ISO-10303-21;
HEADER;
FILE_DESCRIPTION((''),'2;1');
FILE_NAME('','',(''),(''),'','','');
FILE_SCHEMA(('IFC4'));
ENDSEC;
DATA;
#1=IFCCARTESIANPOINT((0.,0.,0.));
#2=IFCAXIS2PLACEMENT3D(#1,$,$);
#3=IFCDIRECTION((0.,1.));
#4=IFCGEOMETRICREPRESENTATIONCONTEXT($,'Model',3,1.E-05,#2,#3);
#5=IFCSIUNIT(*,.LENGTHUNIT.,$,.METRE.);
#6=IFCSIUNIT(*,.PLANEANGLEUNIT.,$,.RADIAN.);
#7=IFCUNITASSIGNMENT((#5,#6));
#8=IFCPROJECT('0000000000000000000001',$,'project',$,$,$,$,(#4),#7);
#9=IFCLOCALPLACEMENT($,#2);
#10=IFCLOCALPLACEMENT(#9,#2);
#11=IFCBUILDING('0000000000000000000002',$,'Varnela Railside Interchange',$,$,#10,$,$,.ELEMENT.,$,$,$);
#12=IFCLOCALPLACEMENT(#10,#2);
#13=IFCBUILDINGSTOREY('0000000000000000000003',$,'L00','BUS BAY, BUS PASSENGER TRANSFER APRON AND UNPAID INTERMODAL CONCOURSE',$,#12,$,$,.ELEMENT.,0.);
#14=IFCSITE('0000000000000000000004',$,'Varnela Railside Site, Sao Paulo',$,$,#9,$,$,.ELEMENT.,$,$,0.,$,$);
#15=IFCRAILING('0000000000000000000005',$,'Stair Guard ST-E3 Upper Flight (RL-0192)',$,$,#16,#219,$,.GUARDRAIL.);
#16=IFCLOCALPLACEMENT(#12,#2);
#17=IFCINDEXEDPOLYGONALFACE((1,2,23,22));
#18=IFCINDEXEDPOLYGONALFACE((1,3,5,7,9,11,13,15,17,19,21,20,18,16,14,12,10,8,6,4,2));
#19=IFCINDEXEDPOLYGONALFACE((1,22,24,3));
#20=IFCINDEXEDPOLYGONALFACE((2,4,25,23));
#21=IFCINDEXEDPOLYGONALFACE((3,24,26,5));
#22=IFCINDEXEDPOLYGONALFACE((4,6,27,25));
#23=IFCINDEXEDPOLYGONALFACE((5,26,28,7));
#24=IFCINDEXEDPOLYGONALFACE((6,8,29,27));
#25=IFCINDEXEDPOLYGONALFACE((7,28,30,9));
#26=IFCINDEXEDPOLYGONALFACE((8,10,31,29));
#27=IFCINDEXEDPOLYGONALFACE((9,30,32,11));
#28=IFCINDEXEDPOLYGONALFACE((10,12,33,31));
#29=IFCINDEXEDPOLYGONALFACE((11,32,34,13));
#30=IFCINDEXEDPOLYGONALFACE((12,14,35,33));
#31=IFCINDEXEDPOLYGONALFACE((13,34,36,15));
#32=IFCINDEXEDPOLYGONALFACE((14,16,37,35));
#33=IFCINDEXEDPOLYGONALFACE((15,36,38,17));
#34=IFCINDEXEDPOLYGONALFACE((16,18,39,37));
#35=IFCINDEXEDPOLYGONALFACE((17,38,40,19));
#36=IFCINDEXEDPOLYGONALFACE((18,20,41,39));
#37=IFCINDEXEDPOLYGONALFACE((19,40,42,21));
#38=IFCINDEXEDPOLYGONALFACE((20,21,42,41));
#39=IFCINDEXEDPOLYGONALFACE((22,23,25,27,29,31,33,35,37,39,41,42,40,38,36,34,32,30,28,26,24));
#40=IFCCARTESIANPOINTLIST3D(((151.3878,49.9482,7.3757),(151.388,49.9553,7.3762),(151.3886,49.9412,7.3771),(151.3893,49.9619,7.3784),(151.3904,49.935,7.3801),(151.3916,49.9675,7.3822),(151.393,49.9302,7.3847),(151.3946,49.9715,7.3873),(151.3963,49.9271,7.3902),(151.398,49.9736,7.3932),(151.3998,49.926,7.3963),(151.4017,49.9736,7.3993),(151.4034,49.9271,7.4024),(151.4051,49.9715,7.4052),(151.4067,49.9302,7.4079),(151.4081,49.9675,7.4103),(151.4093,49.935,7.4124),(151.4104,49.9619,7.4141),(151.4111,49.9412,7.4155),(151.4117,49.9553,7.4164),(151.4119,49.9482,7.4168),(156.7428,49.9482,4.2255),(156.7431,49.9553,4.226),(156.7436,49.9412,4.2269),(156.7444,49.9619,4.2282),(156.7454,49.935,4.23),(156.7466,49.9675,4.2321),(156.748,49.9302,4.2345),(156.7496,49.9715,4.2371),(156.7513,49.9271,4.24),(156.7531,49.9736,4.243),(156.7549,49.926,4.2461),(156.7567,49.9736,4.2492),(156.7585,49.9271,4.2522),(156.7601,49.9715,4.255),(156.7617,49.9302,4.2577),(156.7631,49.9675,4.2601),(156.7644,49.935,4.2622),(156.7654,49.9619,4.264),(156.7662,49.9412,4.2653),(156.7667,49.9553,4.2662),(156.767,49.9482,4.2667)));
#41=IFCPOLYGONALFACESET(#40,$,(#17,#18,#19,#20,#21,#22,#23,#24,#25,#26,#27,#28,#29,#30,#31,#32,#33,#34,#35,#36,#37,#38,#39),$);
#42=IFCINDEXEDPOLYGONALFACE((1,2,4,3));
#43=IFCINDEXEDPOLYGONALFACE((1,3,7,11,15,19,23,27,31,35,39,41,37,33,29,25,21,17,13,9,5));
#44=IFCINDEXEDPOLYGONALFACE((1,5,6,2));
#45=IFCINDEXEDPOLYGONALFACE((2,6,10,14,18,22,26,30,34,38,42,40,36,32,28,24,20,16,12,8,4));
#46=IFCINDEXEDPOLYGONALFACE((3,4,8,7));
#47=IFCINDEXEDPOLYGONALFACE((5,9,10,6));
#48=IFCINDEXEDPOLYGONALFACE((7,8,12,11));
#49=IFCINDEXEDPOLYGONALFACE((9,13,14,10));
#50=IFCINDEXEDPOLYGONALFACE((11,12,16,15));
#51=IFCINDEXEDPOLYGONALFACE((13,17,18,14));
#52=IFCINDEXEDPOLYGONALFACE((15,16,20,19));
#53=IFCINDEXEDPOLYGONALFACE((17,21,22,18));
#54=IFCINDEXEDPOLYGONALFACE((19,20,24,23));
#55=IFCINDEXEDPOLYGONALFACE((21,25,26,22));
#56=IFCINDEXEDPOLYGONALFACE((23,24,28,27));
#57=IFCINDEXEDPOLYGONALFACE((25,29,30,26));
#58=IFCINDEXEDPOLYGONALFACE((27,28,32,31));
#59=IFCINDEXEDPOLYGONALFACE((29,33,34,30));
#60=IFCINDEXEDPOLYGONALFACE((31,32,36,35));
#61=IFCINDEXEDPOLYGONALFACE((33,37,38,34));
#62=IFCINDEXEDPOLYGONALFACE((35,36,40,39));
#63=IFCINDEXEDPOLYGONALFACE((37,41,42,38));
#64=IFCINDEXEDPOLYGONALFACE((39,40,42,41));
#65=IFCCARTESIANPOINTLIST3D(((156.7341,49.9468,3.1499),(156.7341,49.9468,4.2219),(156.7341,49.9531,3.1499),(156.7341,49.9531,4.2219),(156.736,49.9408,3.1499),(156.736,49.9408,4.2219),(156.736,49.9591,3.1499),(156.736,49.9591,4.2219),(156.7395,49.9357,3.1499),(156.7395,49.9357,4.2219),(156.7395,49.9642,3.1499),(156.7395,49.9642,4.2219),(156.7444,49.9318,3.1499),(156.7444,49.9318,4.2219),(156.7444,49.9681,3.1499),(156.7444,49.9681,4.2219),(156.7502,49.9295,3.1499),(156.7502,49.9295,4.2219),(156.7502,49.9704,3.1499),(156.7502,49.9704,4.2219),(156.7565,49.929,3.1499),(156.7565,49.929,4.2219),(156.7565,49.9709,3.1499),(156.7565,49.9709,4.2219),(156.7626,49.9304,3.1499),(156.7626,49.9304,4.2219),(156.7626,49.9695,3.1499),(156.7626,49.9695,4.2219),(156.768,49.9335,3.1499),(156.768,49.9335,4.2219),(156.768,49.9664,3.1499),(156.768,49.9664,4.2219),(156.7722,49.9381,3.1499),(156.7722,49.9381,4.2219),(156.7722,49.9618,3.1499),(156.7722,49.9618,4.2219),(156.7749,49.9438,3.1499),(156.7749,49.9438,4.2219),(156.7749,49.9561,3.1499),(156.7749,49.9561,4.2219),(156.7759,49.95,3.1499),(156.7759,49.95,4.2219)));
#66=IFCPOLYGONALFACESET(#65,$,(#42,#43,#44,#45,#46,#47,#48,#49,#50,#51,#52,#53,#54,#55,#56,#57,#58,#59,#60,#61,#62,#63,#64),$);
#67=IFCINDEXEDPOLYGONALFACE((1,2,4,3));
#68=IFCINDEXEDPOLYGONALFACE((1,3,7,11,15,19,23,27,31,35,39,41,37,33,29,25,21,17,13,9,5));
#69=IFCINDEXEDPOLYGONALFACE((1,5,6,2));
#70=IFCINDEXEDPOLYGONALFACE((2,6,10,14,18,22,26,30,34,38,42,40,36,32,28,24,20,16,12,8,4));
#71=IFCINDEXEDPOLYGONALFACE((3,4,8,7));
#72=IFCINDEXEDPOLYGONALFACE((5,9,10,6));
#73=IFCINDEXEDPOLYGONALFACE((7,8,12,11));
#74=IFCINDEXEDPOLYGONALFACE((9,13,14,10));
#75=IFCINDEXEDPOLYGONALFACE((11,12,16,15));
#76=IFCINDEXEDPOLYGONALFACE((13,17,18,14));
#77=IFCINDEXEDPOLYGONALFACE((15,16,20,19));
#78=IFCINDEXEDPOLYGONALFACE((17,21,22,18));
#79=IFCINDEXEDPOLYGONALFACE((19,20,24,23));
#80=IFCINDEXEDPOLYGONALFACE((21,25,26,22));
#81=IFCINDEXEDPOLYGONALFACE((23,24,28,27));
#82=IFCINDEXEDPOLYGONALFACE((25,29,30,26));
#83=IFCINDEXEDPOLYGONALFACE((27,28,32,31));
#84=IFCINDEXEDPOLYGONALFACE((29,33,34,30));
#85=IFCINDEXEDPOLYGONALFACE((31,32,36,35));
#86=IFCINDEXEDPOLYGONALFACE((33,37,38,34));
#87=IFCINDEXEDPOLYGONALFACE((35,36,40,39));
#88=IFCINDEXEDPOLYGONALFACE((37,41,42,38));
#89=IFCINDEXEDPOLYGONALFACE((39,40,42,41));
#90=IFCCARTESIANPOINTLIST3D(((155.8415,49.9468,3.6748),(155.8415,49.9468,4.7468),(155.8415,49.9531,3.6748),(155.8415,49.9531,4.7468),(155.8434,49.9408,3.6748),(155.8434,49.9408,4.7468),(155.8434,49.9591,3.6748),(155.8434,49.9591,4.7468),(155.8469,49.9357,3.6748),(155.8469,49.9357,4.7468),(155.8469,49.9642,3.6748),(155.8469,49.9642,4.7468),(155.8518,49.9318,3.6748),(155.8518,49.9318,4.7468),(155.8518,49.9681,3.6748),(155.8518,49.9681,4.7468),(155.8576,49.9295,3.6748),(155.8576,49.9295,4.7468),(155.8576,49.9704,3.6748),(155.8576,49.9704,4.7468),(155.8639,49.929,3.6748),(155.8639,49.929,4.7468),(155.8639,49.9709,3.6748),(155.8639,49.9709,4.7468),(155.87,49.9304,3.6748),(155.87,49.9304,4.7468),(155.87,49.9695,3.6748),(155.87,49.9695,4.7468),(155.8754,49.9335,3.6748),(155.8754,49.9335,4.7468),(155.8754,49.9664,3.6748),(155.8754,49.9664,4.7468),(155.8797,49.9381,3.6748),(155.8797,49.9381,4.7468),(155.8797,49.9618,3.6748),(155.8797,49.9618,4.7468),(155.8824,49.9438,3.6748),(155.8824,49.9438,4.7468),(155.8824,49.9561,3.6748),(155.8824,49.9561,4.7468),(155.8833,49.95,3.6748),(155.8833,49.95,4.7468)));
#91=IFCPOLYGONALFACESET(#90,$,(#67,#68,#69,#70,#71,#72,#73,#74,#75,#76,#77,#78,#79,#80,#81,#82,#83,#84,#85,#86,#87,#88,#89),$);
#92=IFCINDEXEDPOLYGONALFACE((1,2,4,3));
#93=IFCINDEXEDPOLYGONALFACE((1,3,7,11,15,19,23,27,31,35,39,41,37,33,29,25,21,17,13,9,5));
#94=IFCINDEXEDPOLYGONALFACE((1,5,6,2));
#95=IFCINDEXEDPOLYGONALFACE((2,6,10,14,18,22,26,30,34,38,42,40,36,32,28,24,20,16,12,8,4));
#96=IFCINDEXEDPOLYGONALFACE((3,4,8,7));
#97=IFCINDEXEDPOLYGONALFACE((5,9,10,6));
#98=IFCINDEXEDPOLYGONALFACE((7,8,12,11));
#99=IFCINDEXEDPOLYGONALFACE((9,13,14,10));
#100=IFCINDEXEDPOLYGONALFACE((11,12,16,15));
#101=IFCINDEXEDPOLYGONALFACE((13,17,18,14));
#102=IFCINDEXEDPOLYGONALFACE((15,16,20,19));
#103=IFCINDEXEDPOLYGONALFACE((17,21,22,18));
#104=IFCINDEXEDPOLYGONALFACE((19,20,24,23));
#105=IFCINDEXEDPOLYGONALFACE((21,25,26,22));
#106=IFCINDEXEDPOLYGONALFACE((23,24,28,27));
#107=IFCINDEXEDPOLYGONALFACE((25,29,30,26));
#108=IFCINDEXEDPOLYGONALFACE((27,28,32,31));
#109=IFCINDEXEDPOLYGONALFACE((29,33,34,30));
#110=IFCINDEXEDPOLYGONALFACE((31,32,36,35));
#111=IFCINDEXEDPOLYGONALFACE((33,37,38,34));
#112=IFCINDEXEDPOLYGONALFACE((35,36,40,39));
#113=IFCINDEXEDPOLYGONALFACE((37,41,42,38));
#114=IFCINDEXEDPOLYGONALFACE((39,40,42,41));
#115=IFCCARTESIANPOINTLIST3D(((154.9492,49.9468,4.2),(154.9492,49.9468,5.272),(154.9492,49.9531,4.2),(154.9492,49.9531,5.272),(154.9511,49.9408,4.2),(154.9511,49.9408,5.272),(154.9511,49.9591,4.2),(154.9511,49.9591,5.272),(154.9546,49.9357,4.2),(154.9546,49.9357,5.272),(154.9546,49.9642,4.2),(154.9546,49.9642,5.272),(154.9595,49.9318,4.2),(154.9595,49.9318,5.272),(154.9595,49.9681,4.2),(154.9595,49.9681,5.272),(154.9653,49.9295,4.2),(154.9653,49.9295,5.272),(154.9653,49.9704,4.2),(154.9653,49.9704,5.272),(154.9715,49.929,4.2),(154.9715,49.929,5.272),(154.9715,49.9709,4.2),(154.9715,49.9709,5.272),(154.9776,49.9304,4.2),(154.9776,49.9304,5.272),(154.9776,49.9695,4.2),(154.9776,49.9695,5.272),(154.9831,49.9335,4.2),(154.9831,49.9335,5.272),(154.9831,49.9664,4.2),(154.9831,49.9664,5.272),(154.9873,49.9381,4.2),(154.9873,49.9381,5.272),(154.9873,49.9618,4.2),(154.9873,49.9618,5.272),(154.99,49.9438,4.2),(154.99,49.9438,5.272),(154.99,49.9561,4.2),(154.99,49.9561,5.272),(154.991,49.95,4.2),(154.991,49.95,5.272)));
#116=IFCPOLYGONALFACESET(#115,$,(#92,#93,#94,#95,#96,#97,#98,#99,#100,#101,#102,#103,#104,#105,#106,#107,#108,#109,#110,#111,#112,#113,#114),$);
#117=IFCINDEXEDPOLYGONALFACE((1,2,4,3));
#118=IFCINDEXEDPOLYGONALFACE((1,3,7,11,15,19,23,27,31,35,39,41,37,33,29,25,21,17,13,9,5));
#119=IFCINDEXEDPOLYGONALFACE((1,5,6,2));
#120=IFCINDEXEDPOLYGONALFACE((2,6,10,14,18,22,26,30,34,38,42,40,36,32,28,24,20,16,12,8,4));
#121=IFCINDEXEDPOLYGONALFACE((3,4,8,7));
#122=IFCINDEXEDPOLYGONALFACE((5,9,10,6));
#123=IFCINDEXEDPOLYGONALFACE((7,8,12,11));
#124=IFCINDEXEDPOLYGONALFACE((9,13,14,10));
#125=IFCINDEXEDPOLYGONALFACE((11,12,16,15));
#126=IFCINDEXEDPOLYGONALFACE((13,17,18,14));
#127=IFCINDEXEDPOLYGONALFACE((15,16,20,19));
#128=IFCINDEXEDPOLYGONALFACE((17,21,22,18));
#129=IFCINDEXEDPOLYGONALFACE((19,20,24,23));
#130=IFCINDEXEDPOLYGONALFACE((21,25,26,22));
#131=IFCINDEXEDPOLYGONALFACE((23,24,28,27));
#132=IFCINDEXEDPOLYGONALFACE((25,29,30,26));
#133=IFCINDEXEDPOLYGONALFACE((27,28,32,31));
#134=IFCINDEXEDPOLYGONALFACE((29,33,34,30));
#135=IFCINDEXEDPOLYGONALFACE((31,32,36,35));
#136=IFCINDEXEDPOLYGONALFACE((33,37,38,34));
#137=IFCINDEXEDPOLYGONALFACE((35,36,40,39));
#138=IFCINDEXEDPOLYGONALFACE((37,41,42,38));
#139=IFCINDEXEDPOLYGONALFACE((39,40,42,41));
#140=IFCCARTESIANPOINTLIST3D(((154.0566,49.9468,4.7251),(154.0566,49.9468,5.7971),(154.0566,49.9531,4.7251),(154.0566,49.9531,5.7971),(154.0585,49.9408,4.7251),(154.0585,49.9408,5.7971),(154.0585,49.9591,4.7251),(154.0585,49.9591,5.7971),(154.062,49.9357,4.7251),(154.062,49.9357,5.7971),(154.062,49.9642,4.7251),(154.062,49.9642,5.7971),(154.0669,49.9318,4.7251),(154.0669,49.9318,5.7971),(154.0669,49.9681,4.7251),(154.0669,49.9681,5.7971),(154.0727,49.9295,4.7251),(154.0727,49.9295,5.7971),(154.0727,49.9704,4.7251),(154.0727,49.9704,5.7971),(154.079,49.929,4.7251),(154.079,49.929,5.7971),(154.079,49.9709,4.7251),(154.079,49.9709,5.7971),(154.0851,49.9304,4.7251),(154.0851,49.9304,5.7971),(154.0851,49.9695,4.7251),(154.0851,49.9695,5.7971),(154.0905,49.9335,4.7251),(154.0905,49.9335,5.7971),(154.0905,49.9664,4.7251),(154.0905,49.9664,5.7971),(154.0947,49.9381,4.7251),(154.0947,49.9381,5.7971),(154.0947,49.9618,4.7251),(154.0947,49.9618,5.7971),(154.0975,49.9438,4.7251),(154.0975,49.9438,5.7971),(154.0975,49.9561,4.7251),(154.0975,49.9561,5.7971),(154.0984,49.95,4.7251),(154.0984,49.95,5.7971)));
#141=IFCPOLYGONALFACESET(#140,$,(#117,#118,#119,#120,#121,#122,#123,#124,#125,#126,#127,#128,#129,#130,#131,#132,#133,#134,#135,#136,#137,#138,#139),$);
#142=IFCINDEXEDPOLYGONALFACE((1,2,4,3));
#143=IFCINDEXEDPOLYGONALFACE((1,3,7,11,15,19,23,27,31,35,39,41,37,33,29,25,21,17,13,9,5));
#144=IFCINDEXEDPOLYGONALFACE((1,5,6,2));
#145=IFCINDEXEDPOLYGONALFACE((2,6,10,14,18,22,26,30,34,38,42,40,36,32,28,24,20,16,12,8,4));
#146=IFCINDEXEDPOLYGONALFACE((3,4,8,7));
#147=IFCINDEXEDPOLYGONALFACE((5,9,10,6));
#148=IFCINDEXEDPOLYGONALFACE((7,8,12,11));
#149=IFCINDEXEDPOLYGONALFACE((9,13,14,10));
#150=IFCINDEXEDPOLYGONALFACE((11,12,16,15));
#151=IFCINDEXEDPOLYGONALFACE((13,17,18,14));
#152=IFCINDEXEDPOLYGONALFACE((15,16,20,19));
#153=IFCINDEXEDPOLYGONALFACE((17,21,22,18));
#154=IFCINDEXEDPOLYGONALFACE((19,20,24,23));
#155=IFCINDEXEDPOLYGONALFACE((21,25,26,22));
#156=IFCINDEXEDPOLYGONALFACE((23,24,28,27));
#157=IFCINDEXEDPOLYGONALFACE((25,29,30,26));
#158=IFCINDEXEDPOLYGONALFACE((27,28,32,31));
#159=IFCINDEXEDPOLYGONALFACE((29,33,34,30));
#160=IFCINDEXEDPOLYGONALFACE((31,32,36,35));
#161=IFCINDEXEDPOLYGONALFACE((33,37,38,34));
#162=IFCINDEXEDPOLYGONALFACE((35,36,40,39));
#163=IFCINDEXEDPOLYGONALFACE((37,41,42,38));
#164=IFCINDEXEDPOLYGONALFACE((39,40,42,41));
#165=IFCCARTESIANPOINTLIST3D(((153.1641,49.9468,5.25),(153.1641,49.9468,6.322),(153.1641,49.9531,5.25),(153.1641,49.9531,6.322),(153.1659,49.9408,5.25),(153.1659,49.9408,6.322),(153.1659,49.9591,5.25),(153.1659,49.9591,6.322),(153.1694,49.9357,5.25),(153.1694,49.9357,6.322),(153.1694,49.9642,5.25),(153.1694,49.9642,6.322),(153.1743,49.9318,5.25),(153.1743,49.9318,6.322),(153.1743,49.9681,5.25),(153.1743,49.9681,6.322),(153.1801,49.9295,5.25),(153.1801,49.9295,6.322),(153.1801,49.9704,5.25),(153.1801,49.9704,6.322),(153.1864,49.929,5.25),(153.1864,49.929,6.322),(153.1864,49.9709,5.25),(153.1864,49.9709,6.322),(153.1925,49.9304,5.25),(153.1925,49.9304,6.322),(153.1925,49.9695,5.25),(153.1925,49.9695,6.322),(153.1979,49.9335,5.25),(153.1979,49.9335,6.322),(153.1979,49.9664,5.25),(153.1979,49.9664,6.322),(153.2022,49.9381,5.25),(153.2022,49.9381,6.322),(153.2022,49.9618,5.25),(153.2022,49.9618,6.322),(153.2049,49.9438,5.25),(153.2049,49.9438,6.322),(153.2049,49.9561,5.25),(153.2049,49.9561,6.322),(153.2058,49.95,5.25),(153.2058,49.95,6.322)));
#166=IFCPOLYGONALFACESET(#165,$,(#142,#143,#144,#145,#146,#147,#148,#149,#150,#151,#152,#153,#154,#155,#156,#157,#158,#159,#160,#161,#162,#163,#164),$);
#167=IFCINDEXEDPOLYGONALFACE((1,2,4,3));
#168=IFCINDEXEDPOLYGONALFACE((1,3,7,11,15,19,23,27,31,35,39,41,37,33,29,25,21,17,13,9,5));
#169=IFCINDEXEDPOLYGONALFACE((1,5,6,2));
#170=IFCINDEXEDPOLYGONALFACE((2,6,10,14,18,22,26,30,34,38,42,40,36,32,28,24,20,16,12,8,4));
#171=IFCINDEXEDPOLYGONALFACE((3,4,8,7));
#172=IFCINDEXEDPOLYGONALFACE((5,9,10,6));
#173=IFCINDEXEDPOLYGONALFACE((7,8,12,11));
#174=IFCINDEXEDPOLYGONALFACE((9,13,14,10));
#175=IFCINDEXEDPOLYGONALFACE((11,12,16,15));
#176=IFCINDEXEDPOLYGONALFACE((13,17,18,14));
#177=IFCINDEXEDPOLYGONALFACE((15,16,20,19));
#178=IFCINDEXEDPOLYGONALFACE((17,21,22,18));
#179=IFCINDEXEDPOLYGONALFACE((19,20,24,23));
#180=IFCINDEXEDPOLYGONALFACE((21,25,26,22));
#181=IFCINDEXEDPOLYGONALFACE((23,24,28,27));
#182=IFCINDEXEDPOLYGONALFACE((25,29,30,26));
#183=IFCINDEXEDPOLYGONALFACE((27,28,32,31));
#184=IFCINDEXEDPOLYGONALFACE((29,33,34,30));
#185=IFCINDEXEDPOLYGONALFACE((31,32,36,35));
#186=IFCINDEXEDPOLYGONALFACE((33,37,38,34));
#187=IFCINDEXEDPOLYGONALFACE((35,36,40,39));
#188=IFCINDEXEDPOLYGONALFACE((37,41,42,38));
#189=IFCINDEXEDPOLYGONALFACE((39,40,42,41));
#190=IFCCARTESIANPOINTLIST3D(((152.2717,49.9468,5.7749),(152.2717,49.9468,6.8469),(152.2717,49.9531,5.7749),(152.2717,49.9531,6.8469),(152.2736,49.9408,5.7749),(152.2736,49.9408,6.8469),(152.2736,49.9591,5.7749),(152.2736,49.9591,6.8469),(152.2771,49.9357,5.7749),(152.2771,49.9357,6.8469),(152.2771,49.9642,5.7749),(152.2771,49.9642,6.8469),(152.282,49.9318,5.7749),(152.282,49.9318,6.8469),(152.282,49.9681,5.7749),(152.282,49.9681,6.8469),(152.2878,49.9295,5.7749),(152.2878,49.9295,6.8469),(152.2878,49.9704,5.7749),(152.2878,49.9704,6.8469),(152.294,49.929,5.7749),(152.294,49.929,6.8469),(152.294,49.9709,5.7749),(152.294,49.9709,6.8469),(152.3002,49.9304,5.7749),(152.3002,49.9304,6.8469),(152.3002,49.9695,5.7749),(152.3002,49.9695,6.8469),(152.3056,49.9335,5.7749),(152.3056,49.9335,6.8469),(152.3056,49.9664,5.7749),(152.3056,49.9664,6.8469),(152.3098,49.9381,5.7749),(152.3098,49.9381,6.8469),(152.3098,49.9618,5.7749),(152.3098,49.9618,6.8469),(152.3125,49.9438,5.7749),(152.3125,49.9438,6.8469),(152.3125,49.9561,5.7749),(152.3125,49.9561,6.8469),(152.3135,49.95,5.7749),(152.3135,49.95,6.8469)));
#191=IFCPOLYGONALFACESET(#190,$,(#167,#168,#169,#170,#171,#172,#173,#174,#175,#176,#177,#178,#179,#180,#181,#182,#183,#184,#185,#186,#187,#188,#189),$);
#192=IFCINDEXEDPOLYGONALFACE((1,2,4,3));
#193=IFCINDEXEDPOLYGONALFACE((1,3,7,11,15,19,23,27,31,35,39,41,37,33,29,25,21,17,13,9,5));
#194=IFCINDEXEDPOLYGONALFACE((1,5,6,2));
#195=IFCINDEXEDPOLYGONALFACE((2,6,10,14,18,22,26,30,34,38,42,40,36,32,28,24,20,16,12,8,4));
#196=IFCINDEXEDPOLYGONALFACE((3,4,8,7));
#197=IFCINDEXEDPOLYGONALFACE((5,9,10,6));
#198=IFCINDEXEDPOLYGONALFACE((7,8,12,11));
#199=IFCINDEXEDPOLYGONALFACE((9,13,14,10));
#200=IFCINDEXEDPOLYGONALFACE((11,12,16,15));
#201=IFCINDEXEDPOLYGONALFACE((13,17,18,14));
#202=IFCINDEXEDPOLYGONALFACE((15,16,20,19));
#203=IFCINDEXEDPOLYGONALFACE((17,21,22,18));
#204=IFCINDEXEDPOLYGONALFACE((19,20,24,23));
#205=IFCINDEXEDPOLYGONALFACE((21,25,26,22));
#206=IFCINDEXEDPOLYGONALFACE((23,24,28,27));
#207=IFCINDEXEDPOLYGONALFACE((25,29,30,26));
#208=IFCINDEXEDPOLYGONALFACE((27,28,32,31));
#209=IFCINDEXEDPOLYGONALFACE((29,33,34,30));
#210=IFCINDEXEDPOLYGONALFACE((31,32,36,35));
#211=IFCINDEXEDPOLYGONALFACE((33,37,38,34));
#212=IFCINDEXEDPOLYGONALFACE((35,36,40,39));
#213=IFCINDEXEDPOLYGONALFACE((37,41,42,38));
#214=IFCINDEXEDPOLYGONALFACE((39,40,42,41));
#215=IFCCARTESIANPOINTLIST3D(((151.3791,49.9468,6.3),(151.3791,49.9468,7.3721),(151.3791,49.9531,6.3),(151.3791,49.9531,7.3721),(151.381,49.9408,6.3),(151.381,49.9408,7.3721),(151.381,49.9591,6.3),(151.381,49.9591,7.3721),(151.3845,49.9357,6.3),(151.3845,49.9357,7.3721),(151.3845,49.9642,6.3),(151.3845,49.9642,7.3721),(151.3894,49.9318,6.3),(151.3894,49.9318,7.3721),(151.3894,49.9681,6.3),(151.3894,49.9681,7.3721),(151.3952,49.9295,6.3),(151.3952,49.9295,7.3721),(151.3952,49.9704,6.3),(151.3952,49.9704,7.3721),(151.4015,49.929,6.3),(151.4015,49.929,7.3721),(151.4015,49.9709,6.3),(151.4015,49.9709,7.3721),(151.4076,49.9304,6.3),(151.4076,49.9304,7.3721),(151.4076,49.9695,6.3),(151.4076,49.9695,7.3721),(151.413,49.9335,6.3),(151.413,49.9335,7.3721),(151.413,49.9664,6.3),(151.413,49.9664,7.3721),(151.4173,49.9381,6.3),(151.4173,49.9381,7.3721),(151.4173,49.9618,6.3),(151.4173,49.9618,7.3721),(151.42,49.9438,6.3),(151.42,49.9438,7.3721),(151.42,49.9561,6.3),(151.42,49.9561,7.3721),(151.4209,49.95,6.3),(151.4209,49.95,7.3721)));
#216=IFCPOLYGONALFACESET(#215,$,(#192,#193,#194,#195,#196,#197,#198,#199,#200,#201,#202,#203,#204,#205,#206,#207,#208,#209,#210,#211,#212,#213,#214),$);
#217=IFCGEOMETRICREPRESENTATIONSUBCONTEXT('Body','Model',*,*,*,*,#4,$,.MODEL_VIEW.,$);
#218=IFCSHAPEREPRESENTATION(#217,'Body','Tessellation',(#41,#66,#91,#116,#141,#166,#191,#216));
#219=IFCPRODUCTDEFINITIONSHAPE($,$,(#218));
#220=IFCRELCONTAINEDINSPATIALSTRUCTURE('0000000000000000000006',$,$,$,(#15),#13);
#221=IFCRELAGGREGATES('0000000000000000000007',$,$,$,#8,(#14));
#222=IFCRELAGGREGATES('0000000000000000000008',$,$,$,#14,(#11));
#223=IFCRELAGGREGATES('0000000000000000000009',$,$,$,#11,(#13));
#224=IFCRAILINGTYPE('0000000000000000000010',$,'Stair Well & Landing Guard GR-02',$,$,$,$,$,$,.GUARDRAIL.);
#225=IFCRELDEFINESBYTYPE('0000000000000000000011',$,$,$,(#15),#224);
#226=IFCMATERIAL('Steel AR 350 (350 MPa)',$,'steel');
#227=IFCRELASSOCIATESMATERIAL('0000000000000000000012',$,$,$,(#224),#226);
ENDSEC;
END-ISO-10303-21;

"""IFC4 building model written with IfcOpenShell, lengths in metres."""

from ifc_helpers import new_model, si_unit, direction, frame, origin, origin_2d, place, context, subcontext, project, spatial, circle, extrude, material, type_object, element, save


model = new_model("IFC4")

# Units and contexts
model_context = context("Model", 3, precision=1e-05, world=origin(), true_north=direction((0.0, 1.0)))
body_context = subcontext(model_context, "Body", "Model", "MODEL_VIEW")
ifc_project = project(units=[si_unit("LENGTHUNIT", "METRE"), si_unit("PLANEANGLEUNIT", "RADIAN")], contexts=[model_context])

# Site, building, storey
site_placement = place(None, origin())
site = spatial("IfcSite", under=ifc_project, at=site_placement, Name="Varnela Railside Site, Sao Paulo", CompositionType="ELEMENT", RefElevation=0.0)
building_placement = place(site_placement, origin())
building = spatial("IfcBuilding", under=site, at=building_placement, Name="Varnela Railside Interchange", CompositionType="ELEMENT")
storey_placement = place(building_placement, origin())
storey = spatial("IfcBuildingStorey", under=building, at=storey_placement, Name="L00", Description="BUS BAY, BUS PASSENGER TRANSFER APRON AND UNPAID INTERMODAL CONCOURSE", CompositionType="ELEMENT", Elevation=0.0)

# Shared definitions
ifc_material_1 = material(Name="Steel AR 350 (350 MPa)", Category="steel")

# Railing
railing_type_1 = type_object("IfcRailingType", Name="Stair Well & Landing Guard GR-02", PredefinedType="GUARDRAIL", material=ifc_material_1)
railing_1_placement = place(storey_placement, frame((156.7549, 49.95, 3.1499)))
element("IfcRailing", 1, at=railing_1_placement, inside=storey, type_object=railing_type_1, Name="Stair Guard ST-E3 Upper Flight (RL-0192)", PredefinedType="GUARDRAIL", context=body_context, shape_type="SweptSolid", body=[
    extrude(circle(Radius=0.0239, at=origin_2d()), frame((0.0, 0.0, 1.0962), z_axis=(-0.861923, 0.0, 0.507039), x_axis=(0.0, -1.0, 0.0)), (0.0, 0.0, 1.0), 6.2129),
    extrude(circle(Radius=0.021, at=origin_2d()), origin(), (0.0, 0.0, 1.0), 1.072),
    extrude(circle(Radius=0.021, at=origin_2d()), frame((-0.8926, 0.0, 0.5249)), (0.0, 0.0, 1.0), 1.072),
    extrude(circle(Radius=0.021, at=origin_2d()), frame((-1.7849, 0.0, 1.05)), (0.0, 0.0, 1.0), 1.072),
    extrude(circle(Radius=0.021, at=origin_2d()), frame((-2.6775, 0.0, 1.5752)), (0.0, 0.0, 1.0), 1.072),
    extrude(circle(Radius=0.021, at=origin_2d()), frame((-3.5701, 0.0, 2.1001)), (0.0, 0.0, 1.0), 1.072),
    extrude(circle(Radius=0.021, at=origin_2d()), frame((-4.4624, 0.0, 2.625)), (0.0, 0.0, 1.0), 1.072),
    extrude(circle(Radius=0.021, at=origin_2d()), frame((-5.355, 0.0, 3.1501)), (0.0, 0.0, 1.0), 1.072),
])

save(model, "model.ifc")
